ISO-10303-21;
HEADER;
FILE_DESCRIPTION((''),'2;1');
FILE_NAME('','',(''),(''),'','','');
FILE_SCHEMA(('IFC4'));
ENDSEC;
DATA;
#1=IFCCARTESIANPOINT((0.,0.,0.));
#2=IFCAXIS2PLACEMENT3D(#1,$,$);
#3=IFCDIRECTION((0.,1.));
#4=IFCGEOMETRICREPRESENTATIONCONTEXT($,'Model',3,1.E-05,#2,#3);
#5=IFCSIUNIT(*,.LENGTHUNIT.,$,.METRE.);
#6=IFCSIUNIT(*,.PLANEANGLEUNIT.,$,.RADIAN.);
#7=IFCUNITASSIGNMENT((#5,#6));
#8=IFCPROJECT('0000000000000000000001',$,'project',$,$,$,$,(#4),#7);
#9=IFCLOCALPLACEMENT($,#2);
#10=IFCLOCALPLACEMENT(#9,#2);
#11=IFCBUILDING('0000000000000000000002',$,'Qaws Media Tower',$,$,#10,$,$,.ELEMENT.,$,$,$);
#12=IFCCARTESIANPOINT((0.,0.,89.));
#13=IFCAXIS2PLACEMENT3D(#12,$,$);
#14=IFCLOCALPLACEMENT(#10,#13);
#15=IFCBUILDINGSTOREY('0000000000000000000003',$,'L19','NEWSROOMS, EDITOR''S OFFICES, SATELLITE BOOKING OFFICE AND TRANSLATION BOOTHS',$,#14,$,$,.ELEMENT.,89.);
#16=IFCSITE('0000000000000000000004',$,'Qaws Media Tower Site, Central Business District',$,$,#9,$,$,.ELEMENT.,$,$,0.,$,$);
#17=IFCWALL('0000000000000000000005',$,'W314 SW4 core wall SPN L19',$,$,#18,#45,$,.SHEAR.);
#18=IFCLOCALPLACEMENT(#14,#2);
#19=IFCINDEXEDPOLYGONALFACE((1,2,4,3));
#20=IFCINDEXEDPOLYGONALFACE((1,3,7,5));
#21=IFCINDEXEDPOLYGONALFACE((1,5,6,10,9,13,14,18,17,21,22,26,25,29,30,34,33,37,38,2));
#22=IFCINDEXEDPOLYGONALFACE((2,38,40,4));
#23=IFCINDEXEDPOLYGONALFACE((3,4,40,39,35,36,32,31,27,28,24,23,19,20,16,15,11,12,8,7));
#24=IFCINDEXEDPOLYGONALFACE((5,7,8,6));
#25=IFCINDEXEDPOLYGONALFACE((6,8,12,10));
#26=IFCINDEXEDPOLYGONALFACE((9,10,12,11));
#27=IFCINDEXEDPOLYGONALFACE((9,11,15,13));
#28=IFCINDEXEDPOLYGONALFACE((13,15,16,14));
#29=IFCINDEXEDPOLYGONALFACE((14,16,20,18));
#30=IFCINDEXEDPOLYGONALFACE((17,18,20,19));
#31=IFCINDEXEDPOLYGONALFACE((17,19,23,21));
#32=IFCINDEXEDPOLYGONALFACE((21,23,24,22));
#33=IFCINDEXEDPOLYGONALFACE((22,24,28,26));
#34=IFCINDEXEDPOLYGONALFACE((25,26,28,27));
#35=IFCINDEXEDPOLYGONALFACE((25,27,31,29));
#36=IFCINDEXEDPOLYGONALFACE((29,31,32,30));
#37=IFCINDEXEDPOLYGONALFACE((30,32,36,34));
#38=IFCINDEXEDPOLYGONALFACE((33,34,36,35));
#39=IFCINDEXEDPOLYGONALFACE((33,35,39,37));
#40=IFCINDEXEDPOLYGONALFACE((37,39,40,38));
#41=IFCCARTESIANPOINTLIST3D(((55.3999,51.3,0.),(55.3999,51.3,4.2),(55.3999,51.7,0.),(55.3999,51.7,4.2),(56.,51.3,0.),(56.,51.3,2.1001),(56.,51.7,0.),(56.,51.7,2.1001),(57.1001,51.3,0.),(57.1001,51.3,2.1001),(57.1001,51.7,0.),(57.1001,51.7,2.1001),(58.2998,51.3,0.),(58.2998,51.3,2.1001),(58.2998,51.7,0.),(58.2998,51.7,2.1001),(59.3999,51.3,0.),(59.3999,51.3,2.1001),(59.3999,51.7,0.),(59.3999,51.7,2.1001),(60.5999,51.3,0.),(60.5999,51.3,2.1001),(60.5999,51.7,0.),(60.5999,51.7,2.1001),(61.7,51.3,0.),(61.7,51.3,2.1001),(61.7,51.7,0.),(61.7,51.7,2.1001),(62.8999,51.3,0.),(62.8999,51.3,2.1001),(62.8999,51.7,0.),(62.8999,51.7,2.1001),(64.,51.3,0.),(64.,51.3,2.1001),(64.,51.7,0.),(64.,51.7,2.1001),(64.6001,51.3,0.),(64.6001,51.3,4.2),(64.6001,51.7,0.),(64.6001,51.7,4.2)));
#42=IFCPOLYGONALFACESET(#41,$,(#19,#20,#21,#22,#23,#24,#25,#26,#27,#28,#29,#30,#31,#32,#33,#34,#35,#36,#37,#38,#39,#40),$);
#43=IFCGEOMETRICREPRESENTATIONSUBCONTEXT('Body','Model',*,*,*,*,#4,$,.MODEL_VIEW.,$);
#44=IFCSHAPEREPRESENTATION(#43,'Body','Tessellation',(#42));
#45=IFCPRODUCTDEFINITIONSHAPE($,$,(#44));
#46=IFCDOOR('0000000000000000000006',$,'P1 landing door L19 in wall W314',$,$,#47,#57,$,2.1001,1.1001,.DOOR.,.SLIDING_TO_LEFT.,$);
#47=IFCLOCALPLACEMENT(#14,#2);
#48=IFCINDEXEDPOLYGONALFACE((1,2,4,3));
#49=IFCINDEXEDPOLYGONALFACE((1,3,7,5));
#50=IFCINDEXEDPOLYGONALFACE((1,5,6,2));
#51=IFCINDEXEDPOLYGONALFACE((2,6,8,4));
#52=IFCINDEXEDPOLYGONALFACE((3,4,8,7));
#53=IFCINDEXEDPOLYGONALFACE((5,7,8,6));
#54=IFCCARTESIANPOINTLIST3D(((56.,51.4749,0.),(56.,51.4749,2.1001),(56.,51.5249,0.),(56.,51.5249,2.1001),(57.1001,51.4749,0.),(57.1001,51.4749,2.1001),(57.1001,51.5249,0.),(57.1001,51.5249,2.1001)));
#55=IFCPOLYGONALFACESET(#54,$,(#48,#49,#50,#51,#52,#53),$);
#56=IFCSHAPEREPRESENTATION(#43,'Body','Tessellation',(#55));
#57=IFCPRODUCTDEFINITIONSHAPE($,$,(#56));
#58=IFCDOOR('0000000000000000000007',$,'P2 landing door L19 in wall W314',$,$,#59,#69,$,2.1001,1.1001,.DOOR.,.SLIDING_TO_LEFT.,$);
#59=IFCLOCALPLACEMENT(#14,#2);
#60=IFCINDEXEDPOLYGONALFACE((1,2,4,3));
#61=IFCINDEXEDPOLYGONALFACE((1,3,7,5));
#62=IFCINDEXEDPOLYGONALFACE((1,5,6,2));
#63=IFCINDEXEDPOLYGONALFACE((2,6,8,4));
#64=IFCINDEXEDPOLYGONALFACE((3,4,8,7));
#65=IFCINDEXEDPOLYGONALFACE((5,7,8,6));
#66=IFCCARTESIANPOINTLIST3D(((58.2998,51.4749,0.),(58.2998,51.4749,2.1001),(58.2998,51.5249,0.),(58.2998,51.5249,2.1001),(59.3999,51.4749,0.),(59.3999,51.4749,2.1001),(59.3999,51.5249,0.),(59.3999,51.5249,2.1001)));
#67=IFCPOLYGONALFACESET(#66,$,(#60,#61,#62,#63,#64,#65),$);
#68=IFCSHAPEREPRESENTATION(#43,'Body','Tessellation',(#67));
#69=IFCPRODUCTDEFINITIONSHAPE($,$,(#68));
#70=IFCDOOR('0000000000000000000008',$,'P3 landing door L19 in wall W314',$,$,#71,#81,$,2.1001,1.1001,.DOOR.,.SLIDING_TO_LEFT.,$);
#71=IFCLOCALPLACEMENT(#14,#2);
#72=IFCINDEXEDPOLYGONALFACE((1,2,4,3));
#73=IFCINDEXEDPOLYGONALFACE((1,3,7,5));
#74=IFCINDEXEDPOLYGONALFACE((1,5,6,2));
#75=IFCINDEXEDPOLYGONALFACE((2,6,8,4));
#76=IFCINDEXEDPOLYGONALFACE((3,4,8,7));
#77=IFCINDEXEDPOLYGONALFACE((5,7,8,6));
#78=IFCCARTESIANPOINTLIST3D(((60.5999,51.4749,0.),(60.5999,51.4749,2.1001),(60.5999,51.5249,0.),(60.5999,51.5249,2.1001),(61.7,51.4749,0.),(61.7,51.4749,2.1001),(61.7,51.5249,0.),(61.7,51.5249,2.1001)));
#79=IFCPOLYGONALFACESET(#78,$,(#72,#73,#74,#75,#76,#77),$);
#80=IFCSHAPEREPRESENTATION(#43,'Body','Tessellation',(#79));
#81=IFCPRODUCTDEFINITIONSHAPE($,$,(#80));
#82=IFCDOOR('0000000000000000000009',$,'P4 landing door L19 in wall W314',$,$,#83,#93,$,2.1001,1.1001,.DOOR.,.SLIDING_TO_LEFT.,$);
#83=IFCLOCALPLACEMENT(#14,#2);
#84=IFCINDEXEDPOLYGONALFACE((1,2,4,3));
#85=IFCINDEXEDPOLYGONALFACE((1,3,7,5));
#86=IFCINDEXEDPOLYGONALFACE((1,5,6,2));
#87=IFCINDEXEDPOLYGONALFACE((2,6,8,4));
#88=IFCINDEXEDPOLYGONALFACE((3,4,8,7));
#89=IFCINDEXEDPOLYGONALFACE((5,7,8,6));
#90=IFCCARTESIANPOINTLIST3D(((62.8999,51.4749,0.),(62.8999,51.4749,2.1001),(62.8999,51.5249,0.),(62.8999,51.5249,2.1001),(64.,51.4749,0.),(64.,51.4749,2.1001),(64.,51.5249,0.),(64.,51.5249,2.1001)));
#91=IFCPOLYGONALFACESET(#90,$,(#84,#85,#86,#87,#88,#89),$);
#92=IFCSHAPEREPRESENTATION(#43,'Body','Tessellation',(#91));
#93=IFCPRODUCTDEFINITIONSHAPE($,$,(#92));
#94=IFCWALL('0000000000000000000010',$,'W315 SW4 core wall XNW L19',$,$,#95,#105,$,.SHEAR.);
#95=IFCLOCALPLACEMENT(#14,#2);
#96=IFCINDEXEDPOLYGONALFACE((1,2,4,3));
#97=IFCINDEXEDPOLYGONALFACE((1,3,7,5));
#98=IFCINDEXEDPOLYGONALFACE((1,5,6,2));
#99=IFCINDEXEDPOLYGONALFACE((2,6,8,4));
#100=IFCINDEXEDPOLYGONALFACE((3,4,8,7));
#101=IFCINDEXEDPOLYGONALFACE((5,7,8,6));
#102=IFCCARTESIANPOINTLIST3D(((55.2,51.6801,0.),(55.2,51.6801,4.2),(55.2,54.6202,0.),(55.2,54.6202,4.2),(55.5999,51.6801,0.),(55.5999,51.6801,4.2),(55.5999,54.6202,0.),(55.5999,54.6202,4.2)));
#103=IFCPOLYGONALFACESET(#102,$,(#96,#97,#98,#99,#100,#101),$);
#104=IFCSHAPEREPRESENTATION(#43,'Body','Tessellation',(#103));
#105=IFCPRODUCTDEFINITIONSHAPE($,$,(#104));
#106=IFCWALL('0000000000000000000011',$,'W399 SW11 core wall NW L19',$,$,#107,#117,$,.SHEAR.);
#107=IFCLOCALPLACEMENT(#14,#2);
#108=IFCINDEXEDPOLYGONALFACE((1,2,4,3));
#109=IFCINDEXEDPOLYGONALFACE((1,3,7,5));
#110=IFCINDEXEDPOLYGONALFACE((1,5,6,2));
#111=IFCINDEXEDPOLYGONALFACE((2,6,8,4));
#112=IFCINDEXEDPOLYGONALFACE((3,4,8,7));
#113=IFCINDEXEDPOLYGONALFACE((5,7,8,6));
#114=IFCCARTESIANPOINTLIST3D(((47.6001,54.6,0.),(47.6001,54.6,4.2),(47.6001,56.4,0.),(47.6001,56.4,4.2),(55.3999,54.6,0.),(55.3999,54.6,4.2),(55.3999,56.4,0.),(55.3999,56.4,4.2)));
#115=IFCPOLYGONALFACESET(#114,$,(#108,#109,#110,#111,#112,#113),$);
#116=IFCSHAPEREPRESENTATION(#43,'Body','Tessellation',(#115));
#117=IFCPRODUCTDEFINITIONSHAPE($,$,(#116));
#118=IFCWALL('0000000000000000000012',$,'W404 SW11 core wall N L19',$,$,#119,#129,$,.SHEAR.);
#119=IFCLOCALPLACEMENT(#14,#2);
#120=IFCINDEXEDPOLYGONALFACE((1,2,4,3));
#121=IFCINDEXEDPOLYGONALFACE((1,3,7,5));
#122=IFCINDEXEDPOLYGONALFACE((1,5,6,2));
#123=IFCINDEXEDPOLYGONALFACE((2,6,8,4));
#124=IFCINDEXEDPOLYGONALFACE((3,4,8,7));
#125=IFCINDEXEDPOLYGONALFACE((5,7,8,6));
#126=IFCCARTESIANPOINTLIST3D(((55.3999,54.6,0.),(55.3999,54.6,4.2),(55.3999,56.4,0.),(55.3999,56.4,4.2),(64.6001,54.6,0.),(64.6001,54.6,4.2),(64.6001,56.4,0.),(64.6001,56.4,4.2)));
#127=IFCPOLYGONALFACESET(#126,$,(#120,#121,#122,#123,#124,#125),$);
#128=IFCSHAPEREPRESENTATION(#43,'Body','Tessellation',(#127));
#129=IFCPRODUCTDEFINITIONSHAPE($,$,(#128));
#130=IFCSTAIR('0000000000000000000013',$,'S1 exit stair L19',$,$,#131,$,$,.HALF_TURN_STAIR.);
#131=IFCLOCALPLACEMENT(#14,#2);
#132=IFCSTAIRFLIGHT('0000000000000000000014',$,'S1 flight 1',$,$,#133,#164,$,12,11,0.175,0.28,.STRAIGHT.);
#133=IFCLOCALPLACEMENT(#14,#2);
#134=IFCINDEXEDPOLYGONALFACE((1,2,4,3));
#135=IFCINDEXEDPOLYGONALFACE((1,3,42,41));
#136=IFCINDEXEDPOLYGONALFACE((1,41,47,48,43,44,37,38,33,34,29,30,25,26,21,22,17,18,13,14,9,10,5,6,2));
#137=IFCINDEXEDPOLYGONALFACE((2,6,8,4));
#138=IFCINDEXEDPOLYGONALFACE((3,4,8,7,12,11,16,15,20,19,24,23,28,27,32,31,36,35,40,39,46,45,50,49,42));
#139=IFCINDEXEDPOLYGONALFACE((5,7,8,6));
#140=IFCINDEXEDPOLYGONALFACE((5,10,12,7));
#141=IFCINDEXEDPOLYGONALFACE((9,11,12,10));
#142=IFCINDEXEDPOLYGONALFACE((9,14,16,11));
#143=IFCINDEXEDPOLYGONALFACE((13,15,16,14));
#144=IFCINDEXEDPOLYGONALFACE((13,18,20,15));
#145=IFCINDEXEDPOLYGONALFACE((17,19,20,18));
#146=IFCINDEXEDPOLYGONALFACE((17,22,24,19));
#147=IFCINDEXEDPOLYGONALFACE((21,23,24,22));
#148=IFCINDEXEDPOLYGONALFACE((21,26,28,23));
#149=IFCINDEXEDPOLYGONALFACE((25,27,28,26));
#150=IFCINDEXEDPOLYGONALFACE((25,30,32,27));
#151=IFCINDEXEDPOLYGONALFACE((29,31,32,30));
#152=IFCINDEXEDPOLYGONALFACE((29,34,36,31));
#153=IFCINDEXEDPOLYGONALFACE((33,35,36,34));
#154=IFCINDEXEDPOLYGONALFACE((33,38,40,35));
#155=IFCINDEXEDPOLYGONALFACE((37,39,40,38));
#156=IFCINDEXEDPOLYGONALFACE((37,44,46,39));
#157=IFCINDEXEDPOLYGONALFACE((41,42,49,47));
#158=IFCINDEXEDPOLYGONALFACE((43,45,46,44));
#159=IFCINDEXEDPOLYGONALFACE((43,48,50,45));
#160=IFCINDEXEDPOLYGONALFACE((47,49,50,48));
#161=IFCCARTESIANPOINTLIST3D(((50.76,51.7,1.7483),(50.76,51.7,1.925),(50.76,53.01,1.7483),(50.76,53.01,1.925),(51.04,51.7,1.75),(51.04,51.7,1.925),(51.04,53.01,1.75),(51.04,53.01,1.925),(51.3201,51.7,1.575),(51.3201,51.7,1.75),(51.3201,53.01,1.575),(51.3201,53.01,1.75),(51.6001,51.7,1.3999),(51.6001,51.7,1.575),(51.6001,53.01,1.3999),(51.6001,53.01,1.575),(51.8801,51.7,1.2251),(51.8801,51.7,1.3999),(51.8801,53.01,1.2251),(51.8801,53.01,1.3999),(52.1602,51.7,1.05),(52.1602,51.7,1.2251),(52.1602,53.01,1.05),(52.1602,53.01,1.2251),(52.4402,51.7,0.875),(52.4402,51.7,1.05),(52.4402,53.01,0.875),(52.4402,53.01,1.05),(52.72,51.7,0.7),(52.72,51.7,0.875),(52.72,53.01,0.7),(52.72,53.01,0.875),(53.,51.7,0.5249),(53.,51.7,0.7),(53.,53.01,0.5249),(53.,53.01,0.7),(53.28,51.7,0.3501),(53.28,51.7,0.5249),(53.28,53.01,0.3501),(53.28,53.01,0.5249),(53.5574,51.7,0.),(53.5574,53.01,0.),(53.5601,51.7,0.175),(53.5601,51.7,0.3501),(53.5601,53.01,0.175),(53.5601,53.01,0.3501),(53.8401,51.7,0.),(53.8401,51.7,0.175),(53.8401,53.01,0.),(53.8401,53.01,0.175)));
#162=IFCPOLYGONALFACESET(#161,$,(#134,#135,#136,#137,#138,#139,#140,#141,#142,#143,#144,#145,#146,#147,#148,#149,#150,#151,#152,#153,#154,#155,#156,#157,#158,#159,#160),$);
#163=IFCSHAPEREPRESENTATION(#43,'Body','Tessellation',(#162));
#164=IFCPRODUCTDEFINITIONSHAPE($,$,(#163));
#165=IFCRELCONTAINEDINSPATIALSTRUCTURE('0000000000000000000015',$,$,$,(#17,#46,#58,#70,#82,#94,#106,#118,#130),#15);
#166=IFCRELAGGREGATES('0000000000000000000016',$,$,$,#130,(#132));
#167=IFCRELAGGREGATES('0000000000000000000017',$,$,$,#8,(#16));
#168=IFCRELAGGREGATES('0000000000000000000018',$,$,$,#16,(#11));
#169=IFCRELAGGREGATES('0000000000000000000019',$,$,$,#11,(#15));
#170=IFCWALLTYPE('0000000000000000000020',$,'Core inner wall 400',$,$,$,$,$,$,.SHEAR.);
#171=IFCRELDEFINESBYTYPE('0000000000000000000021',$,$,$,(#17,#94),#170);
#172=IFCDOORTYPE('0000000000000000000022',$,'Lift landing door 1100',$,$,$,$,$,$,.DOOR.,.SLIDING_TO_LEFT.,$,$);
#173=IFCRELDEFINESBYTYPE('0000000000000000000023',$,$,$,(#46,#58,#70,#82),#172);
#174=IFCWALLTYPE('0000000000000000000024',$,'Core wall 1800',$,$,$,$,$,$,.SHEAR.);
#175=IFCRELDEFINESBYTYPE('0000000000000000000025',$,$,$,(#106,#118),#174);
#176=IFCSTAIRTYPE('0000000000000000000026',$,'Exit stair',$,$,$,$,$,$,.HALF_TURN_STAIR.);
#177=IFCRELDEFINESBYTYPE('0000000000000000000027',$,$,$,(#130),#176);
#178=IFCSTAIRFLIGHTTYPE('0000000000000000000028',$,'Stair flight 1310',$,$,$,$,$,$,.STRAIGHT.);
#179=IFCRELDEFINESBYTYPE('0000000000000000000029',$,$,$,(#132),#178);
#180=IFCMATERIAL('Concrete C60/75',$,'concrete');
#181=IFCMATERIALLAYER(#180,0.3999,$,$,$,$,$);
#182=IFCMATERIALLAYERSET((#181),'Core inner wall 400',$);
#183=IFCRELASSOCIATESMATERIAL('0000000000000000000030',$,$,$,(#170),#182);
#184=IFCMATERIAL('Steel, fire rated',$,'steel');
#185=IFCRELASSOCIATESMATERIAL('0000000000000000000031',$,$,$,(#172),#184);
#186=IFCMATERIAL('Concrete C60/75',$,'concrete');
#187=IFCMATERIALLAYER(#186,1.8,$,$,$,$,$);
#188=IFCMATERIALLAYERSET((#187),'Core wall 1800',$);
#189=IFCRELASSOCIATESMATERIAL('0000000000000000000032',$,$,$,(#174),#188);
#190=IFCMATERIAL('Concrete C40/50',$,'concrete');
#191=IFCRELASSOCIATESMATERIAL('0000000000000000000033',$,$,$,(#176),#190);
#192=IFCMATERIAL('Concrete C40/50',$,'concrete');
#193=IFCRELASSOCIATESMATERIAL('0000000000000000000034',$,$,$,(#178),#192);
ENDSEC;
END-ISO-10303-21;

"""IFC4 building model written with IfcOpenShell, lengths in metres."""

from ifc_helpers import new_model, si_unit, direction, frame, frame_2d, origin, place, context, subcontext, project, spatial, polyline, rectangle, outline, extrude, material, layer, layer_set, type_object, element, fill, aggregate, save


model = new_model("IFC4")

# Units and contexts
model_context = context("Model", 3, precision=1e-05, world=origin(), true_north=direction((0.0, 1.0)))
body_context = subcontext(model_context, "Body", "Model", "MODEL_VIEW")
ifc_project = project(units=[si_unit("LENGTHUNIT", "METRE"), si_unit("PLANEANGLEUNIT", "RADIAN")], contexts=[model_context])

# Site, building, storey
site_placement = place(None, origin())
site = spatial("IfcSite", under=ifc_project, at=site_placement, Name="Qaws Media Tower Site, Central Business District", CompositionType="ELEMENT", RefElevation=0.0)
building_placement = place(site_placement, origin())
building = spatial("IfcBuilding", under=site, at=building_placement, Name="Qaws Media Tower", CompositionType="ELEMENT")
storey_placement = place(building_placement, frame((0.0, 0.0, 89.0)))
storey = spatial("IfcBuildingStorey", under=building, at=storey_placement, Name="L19", Description="NEWSROOMS, EDITOR'S OFFICES, SATELLITE BOOKING OFFICE AND TRANSLATION BOOTHS", CompositionType="ELEMENT", Elevation=89.0)

# Wall, openings, doors
ifc_material_1 = material(Name="Concrete C60/75", Category="concrete")
ifc_layer_1 = layer(ifc_material_1, 0.3999)
ifc_layer_set_1 = layer_set([ifc_layer_1], Name="Core inner wall 400")
wall_type_1 = type_object("IfcWallType", Name="Core inner wall 400", PredefinedType="SHEAR", material=ifc_layer_set_1)
wall_1_placement = place(storey_placement, frame((55.3999, 51.5, 0.0), z_axis=(0.0, 0.0, 1.0), x_axis=(1.0, 0.0, 0.0)))
wall_1 = element("IfcWall", 1, at=wall_1_placement, inside=storey, type_object=wall_type_1, Name="W314 SW4 core wall SPN L19", PredefinedType="SHEAR", context=body_context, shape_type="SweptSolid", body=[
    extrude(rectangle(XDim=9.2002, YDim=0.3999, at=frame_2d((4.6001, 0.0))), origin(), (0.0, 0.0, 1.0), 4.2),
])
opening_1_placement = place(wall_1_placement, frame((0.6001, 0.0, 0.0)))
opening_1 = element("IfcOpeningElement", 2, at=opening_1_placement, cuts=wall_1, PredefinedType="OPENING", context=body_context, shape_type="SweptSolid", body=[
    extrude(rectangle(XDim=1.1001, YDim=2.1001, at=frame_2d((0.55, 1.05))), frame((0.0, 0.21, 0.0), z_axis=(0.0, -1.0, 0.0), x_axis=(1.0, 0.0, 0.0)), (0.0, 0.0, 1.0), 0.4199),
])
opening_2_placement = place(wall_1_placement, frame((2.8999, 0.0, 0.0)))
opening_2 = element("IfcOpeningElement", 3, at=opening_2_placement, cuts=wall_1, PredefinedType="OPENING", context=body_context, shape_type="SweptSolid", body=[
    extrude(rectangle(XDim=1.1001, YDim=2.1001, at=frame_2d((0.55, 1.05))), frame((0.0, 0.21, 0.0), z_axis=(0.0, -1.0, 0.0), x_axis=(1.0, 0.0, 0.0)), (0.0, 0.0, 1.0), 0.4199),
])
opening_3_placement = place(wall_1_placement, frame((5.2, 0.0, 0.0)))
opening_3 = element("IfcOpeningElement", 4, at=opening_3_placement, cuts=wall_1, PredefinedType="OPENING", context=body_context, shape_type="SweptSolid", body=[
    extrude(rectangle(XDim=1.1001, YDim=2.1001, at=frame_2d((0.55, 1.05))), frame((0.0, 0.21, 0.0), z_axis=(0.0, -1.0, 0.0), x_axis=(1.0, 0.0, 0.0)), (0.0, 0.0, 1.0), 0.4199),
])
opening_4_placement = place(wall_1_placement, frame((7.5, 0.0, 0.0)))
opening_4 = element("IfcOpeningElement", 5, at=opening_4_placement, cuts=wall_1, PredefinedType="OPENING", context=body_context, shape_type="SweptSolid", body=[
    extrude(rectangle(XDim=1.1001, YDim=2.1001, at=frame_2d((0.55, 1.05))), frame((0.0, 0.21, 0.0), z_axis=(0.0, -1.0, 0.0), x_axis=(1.0, 0.0, 0.0)), (0.0, 0.0, 1.0), 0.4199),
])
ifc_material_2 = material(Name="Steel, fire rated", Category="steel")
door_type = type_object("IfcDoorType", Name="Lift landing door 1100", OperationType="SLIDING_TO_LEFT", PredefinedType="DOOR", material=ifc_material_2)
door_1_placement = place(opening_1_placement, origin())
door_1 = element("IfcDoor", 6, at=door_1_placement, inside=storey, type_object=door_type, Name="P1 landing door L19 in wall W314", OperationType="SLIDING_TO_LEFT", OverallHeight=2.1001, OverallWidth=1.1001, PredefinedType="DOOR", context=body_context, shape_type="SweptSolid", body=[
    extrude(rectangle(XDim=1.1001, YDim=2.1001, at=frame_2d((0.55, 1.05))), frame((0.0, 0.0249, 0.0), z_axis=(0.0, -1.0, 0.0), x_axis=(1.0, 0.0, 0.0)), (0.0, 0.0, 1.0), 0.05),
])
fill(opening_1, door_1)
door_2_placement = place(opening_2_placement, origin())
door_2 = element("IfcDoor", 7, at=door_2_placement, inside=storey, type_object=door_type, Name="P2 landing door L19 in wall W314", OperationType="SLIDING_TO_LEFT", OverallHeight=2.1001, OverallWidth=1.1001, PredefinedType="DOOR", context=body_context, shape_type="SweptSolid", body=[
    extrude(rectangle(XDim=1.1001, YDim=2.1001, at=frame_2d((0.55, 1.05))), frame((0.0, 0.0249, 0.0), z_axis=(0.0, -1.0, 0.0), x_axis=(1.0, 0.0, 0.0)), (0.0, 0.0, 1.0), 0.05),
])
fill(opening_2, door_2)
door_3_placement = place(opening_3_placement, origin())
door_3 = element("IfcDoor", 8, at=door_3_placement, inside=storey, type_object=door_type, Name="P3 landing door L19 in wall W314", OperationType="SLIDING_TO_LEFT", OverallHeight=2.1001, OverallWidth=1.1001, PredefinedType="DOOR", context=body_context, shape_type="SweptSolid", body=[
    extrude(rectangle(XDim=1.1001, YDim=2.1001, at=frame_2d((0.55, 1.05))), frame((0.0, 0.0249, 0.0), z_axis=(0.0, -1.0, 0.0), x_axis=(1.0, 0.0, 0.0)), (0.0, 0.0, 1.0), 0.05),
])
fill(opening_3, door_3)
door_4_placement = place(opening_4_placement, origin())
door_4 = element("IfcDoor", 9, at=door_4_placement, inside=storey, type_object=door_type, Name="P4 landing door L19 in wall W314", OperationType="SLIDING_TO_LEFT", OverallHeight=2.1001, OverallWidth=1.1001, PredefinedType="DOOR", context=body_context, shape_type="SweptSolid", body=[
    extrude(rectangle(XDim=1.1001, YDim=2.1001, at=frame_2d((0.55, 1.05))), frame((0.0, 0.0249, 0.0), z_axis=(0.0, -1.0, 0.0), x_axis=(1.0, 0.0, 0.0)), (0.0, 0.0, 1.0), 0.05),
])
fill(opening_4, door_4)

# Walls
wall_2_placement = place(storey_placement, frame((55.3999, 51.6799, 0.0), z_axis=(0.0, 0.0, 1.0), x_axis=(0.0, 1.0, 0.0)))
element("IfcWall", 10, at=wall_2_placement, inside=storey, type_object=wall_type_1, Name="W315 SW4 core wall XNW L19", PredefinedType="SHEAR", context=body_context, shape_type="SweptSolid", body=[
    extrude(rectangle(XDim=2.9402, YDim=0.3999, at=frame_2d((1.4702, 0.0))), origin(), (0.0, 0.0, 1.0), 4.2),
])
ifc_material_3 = material(Name="Concrete C60/75", Category="concrete")
ifc_layer_2 = layer(ifc_material_3, 1.8)
ifc_layer_set_2 = layer_set([ifc_layer_2], Name="Core wall 1800")
wall_type_2 = type_object("IfcWallType", Name="Core wall 1800", PredefinedType="SHEAR", material=ifc_layer_set_2)
wall_3_placement = place(storey_placement, frame((47.6001, 55.5, 0.0), z_axis=(0.0, 0.0, 1.0), x_axis=(1.0, 0.0, 0.0)))
element("IfcWall", 11, at=wall_3_placement, inside=storey, type_object=wall_type_2, Name="W399 SW11 core wall NW L19", PredefinedType="SHEAR", context=body_context, shape_type="SweptSolid", body=[
    extrude(rectangle(XDim=7.7998, YDim=1.8, at=frame_2d((3.8999, 0.0))), origin(), (0.0, 0.0, 1.0), 4.2),
])
wall_4_placement = place(storey_placement, frame((55.3999, 55.5, 0.0), z_axis=(0.0, 0.0, 1.0), x_axis=(1.0, 0.0, 0.0)))
element("IfcWall", 12, at=wall_4_placement, inside=storey, type_object=wall_type_2, Name="W404 SW11 core wall N L19", PredefinedType="SHEAR", context=body_context, shape_type="SweptSolid", body=[
    extrude(rectangle(XDim=9.2002, YDim=1.8, at=frame_2d((4.6001, 0.0))), origin(), (0.0, 0.0, 1.0), 4.2),
])

# Stair, stair flight
ifc_material_4 = material(Name="Concrete C40/50", Category="concrete")
stair_type = type_object("IfcStairType", Name="Exit stair", PredefinedType="HALF_TURN_STAIR", material=ifc_material_4)
stair_placement = place(storey_placement, origin())
stair = element("IfcStair", 13, at=stair_placement, inside=storey, type_object=stair_type, Name="S1 exit stair L19", PredefinedType="HALF_TURN_STAIR")
ifc_material_5 = material(Name="Concrete C40/50", Category="concrete")
stair_flight_type = type_object("IfcStairFlightType", Name="Stair flight 1310", PredefinedType="STRAIGHT", material=ifc_material_5)
stair_flight_1_placement = place(storey_placement, frame((53.8401, 52.355, 0.0), z_axis=(0.0, 0.0, 1.0), x_axis=(-1.0, 0.0, 0.0)))
stair_flight_1 = element("IfcStairFlight", 14, at=stair_flight_1_placement, type_object=stair_flight_type, Name="S1 flight 1", NumberOfRisers=12, NumberOfTreads=11, PredefinedType="STRAIGHT", RiserHeight=0.175, TreadLength=0.28, context=body_context, shape_type="SweptSolid", body=[
    extrude(outline(polyline([(0.0, 0.0), (0.0, 0.175), (0.28, 0.175), (0.28, 0.3501), (0.5601, 0.3501), (0.5601, 0.5249), (0.8401, 0.5249), (0.8401, 0.7), (1.1201, 0.7), (1.1201, 0.875), (1.3999, 0.875), (1.3999, 1.05), (1.6799, 1.05), (1.6799, 1.2251), (1.96, 1.2251), (1.96, 1.3999), (2.24, 1.3999), (2.24, 1.575), (2.52, 1.575), (2.52, 1.75), (2.8, 1.75), (2.8, 1.925), (3.0801, 1.925), (3.0801, 2.1001), (3.0801, 1.7483), (0.2827, 0.0), (0.0, 0.0)])), frame((0.0, 0.655, 0.0), z_axis=(0.0, -1.0, 0.0), x_axis=(1.0, 0.0, 0.0)), (0.0, 0.0, 1.0), 1.3101),
])
aggregate(stair, [stair_flight_1])

save(model, "model.ifc")
